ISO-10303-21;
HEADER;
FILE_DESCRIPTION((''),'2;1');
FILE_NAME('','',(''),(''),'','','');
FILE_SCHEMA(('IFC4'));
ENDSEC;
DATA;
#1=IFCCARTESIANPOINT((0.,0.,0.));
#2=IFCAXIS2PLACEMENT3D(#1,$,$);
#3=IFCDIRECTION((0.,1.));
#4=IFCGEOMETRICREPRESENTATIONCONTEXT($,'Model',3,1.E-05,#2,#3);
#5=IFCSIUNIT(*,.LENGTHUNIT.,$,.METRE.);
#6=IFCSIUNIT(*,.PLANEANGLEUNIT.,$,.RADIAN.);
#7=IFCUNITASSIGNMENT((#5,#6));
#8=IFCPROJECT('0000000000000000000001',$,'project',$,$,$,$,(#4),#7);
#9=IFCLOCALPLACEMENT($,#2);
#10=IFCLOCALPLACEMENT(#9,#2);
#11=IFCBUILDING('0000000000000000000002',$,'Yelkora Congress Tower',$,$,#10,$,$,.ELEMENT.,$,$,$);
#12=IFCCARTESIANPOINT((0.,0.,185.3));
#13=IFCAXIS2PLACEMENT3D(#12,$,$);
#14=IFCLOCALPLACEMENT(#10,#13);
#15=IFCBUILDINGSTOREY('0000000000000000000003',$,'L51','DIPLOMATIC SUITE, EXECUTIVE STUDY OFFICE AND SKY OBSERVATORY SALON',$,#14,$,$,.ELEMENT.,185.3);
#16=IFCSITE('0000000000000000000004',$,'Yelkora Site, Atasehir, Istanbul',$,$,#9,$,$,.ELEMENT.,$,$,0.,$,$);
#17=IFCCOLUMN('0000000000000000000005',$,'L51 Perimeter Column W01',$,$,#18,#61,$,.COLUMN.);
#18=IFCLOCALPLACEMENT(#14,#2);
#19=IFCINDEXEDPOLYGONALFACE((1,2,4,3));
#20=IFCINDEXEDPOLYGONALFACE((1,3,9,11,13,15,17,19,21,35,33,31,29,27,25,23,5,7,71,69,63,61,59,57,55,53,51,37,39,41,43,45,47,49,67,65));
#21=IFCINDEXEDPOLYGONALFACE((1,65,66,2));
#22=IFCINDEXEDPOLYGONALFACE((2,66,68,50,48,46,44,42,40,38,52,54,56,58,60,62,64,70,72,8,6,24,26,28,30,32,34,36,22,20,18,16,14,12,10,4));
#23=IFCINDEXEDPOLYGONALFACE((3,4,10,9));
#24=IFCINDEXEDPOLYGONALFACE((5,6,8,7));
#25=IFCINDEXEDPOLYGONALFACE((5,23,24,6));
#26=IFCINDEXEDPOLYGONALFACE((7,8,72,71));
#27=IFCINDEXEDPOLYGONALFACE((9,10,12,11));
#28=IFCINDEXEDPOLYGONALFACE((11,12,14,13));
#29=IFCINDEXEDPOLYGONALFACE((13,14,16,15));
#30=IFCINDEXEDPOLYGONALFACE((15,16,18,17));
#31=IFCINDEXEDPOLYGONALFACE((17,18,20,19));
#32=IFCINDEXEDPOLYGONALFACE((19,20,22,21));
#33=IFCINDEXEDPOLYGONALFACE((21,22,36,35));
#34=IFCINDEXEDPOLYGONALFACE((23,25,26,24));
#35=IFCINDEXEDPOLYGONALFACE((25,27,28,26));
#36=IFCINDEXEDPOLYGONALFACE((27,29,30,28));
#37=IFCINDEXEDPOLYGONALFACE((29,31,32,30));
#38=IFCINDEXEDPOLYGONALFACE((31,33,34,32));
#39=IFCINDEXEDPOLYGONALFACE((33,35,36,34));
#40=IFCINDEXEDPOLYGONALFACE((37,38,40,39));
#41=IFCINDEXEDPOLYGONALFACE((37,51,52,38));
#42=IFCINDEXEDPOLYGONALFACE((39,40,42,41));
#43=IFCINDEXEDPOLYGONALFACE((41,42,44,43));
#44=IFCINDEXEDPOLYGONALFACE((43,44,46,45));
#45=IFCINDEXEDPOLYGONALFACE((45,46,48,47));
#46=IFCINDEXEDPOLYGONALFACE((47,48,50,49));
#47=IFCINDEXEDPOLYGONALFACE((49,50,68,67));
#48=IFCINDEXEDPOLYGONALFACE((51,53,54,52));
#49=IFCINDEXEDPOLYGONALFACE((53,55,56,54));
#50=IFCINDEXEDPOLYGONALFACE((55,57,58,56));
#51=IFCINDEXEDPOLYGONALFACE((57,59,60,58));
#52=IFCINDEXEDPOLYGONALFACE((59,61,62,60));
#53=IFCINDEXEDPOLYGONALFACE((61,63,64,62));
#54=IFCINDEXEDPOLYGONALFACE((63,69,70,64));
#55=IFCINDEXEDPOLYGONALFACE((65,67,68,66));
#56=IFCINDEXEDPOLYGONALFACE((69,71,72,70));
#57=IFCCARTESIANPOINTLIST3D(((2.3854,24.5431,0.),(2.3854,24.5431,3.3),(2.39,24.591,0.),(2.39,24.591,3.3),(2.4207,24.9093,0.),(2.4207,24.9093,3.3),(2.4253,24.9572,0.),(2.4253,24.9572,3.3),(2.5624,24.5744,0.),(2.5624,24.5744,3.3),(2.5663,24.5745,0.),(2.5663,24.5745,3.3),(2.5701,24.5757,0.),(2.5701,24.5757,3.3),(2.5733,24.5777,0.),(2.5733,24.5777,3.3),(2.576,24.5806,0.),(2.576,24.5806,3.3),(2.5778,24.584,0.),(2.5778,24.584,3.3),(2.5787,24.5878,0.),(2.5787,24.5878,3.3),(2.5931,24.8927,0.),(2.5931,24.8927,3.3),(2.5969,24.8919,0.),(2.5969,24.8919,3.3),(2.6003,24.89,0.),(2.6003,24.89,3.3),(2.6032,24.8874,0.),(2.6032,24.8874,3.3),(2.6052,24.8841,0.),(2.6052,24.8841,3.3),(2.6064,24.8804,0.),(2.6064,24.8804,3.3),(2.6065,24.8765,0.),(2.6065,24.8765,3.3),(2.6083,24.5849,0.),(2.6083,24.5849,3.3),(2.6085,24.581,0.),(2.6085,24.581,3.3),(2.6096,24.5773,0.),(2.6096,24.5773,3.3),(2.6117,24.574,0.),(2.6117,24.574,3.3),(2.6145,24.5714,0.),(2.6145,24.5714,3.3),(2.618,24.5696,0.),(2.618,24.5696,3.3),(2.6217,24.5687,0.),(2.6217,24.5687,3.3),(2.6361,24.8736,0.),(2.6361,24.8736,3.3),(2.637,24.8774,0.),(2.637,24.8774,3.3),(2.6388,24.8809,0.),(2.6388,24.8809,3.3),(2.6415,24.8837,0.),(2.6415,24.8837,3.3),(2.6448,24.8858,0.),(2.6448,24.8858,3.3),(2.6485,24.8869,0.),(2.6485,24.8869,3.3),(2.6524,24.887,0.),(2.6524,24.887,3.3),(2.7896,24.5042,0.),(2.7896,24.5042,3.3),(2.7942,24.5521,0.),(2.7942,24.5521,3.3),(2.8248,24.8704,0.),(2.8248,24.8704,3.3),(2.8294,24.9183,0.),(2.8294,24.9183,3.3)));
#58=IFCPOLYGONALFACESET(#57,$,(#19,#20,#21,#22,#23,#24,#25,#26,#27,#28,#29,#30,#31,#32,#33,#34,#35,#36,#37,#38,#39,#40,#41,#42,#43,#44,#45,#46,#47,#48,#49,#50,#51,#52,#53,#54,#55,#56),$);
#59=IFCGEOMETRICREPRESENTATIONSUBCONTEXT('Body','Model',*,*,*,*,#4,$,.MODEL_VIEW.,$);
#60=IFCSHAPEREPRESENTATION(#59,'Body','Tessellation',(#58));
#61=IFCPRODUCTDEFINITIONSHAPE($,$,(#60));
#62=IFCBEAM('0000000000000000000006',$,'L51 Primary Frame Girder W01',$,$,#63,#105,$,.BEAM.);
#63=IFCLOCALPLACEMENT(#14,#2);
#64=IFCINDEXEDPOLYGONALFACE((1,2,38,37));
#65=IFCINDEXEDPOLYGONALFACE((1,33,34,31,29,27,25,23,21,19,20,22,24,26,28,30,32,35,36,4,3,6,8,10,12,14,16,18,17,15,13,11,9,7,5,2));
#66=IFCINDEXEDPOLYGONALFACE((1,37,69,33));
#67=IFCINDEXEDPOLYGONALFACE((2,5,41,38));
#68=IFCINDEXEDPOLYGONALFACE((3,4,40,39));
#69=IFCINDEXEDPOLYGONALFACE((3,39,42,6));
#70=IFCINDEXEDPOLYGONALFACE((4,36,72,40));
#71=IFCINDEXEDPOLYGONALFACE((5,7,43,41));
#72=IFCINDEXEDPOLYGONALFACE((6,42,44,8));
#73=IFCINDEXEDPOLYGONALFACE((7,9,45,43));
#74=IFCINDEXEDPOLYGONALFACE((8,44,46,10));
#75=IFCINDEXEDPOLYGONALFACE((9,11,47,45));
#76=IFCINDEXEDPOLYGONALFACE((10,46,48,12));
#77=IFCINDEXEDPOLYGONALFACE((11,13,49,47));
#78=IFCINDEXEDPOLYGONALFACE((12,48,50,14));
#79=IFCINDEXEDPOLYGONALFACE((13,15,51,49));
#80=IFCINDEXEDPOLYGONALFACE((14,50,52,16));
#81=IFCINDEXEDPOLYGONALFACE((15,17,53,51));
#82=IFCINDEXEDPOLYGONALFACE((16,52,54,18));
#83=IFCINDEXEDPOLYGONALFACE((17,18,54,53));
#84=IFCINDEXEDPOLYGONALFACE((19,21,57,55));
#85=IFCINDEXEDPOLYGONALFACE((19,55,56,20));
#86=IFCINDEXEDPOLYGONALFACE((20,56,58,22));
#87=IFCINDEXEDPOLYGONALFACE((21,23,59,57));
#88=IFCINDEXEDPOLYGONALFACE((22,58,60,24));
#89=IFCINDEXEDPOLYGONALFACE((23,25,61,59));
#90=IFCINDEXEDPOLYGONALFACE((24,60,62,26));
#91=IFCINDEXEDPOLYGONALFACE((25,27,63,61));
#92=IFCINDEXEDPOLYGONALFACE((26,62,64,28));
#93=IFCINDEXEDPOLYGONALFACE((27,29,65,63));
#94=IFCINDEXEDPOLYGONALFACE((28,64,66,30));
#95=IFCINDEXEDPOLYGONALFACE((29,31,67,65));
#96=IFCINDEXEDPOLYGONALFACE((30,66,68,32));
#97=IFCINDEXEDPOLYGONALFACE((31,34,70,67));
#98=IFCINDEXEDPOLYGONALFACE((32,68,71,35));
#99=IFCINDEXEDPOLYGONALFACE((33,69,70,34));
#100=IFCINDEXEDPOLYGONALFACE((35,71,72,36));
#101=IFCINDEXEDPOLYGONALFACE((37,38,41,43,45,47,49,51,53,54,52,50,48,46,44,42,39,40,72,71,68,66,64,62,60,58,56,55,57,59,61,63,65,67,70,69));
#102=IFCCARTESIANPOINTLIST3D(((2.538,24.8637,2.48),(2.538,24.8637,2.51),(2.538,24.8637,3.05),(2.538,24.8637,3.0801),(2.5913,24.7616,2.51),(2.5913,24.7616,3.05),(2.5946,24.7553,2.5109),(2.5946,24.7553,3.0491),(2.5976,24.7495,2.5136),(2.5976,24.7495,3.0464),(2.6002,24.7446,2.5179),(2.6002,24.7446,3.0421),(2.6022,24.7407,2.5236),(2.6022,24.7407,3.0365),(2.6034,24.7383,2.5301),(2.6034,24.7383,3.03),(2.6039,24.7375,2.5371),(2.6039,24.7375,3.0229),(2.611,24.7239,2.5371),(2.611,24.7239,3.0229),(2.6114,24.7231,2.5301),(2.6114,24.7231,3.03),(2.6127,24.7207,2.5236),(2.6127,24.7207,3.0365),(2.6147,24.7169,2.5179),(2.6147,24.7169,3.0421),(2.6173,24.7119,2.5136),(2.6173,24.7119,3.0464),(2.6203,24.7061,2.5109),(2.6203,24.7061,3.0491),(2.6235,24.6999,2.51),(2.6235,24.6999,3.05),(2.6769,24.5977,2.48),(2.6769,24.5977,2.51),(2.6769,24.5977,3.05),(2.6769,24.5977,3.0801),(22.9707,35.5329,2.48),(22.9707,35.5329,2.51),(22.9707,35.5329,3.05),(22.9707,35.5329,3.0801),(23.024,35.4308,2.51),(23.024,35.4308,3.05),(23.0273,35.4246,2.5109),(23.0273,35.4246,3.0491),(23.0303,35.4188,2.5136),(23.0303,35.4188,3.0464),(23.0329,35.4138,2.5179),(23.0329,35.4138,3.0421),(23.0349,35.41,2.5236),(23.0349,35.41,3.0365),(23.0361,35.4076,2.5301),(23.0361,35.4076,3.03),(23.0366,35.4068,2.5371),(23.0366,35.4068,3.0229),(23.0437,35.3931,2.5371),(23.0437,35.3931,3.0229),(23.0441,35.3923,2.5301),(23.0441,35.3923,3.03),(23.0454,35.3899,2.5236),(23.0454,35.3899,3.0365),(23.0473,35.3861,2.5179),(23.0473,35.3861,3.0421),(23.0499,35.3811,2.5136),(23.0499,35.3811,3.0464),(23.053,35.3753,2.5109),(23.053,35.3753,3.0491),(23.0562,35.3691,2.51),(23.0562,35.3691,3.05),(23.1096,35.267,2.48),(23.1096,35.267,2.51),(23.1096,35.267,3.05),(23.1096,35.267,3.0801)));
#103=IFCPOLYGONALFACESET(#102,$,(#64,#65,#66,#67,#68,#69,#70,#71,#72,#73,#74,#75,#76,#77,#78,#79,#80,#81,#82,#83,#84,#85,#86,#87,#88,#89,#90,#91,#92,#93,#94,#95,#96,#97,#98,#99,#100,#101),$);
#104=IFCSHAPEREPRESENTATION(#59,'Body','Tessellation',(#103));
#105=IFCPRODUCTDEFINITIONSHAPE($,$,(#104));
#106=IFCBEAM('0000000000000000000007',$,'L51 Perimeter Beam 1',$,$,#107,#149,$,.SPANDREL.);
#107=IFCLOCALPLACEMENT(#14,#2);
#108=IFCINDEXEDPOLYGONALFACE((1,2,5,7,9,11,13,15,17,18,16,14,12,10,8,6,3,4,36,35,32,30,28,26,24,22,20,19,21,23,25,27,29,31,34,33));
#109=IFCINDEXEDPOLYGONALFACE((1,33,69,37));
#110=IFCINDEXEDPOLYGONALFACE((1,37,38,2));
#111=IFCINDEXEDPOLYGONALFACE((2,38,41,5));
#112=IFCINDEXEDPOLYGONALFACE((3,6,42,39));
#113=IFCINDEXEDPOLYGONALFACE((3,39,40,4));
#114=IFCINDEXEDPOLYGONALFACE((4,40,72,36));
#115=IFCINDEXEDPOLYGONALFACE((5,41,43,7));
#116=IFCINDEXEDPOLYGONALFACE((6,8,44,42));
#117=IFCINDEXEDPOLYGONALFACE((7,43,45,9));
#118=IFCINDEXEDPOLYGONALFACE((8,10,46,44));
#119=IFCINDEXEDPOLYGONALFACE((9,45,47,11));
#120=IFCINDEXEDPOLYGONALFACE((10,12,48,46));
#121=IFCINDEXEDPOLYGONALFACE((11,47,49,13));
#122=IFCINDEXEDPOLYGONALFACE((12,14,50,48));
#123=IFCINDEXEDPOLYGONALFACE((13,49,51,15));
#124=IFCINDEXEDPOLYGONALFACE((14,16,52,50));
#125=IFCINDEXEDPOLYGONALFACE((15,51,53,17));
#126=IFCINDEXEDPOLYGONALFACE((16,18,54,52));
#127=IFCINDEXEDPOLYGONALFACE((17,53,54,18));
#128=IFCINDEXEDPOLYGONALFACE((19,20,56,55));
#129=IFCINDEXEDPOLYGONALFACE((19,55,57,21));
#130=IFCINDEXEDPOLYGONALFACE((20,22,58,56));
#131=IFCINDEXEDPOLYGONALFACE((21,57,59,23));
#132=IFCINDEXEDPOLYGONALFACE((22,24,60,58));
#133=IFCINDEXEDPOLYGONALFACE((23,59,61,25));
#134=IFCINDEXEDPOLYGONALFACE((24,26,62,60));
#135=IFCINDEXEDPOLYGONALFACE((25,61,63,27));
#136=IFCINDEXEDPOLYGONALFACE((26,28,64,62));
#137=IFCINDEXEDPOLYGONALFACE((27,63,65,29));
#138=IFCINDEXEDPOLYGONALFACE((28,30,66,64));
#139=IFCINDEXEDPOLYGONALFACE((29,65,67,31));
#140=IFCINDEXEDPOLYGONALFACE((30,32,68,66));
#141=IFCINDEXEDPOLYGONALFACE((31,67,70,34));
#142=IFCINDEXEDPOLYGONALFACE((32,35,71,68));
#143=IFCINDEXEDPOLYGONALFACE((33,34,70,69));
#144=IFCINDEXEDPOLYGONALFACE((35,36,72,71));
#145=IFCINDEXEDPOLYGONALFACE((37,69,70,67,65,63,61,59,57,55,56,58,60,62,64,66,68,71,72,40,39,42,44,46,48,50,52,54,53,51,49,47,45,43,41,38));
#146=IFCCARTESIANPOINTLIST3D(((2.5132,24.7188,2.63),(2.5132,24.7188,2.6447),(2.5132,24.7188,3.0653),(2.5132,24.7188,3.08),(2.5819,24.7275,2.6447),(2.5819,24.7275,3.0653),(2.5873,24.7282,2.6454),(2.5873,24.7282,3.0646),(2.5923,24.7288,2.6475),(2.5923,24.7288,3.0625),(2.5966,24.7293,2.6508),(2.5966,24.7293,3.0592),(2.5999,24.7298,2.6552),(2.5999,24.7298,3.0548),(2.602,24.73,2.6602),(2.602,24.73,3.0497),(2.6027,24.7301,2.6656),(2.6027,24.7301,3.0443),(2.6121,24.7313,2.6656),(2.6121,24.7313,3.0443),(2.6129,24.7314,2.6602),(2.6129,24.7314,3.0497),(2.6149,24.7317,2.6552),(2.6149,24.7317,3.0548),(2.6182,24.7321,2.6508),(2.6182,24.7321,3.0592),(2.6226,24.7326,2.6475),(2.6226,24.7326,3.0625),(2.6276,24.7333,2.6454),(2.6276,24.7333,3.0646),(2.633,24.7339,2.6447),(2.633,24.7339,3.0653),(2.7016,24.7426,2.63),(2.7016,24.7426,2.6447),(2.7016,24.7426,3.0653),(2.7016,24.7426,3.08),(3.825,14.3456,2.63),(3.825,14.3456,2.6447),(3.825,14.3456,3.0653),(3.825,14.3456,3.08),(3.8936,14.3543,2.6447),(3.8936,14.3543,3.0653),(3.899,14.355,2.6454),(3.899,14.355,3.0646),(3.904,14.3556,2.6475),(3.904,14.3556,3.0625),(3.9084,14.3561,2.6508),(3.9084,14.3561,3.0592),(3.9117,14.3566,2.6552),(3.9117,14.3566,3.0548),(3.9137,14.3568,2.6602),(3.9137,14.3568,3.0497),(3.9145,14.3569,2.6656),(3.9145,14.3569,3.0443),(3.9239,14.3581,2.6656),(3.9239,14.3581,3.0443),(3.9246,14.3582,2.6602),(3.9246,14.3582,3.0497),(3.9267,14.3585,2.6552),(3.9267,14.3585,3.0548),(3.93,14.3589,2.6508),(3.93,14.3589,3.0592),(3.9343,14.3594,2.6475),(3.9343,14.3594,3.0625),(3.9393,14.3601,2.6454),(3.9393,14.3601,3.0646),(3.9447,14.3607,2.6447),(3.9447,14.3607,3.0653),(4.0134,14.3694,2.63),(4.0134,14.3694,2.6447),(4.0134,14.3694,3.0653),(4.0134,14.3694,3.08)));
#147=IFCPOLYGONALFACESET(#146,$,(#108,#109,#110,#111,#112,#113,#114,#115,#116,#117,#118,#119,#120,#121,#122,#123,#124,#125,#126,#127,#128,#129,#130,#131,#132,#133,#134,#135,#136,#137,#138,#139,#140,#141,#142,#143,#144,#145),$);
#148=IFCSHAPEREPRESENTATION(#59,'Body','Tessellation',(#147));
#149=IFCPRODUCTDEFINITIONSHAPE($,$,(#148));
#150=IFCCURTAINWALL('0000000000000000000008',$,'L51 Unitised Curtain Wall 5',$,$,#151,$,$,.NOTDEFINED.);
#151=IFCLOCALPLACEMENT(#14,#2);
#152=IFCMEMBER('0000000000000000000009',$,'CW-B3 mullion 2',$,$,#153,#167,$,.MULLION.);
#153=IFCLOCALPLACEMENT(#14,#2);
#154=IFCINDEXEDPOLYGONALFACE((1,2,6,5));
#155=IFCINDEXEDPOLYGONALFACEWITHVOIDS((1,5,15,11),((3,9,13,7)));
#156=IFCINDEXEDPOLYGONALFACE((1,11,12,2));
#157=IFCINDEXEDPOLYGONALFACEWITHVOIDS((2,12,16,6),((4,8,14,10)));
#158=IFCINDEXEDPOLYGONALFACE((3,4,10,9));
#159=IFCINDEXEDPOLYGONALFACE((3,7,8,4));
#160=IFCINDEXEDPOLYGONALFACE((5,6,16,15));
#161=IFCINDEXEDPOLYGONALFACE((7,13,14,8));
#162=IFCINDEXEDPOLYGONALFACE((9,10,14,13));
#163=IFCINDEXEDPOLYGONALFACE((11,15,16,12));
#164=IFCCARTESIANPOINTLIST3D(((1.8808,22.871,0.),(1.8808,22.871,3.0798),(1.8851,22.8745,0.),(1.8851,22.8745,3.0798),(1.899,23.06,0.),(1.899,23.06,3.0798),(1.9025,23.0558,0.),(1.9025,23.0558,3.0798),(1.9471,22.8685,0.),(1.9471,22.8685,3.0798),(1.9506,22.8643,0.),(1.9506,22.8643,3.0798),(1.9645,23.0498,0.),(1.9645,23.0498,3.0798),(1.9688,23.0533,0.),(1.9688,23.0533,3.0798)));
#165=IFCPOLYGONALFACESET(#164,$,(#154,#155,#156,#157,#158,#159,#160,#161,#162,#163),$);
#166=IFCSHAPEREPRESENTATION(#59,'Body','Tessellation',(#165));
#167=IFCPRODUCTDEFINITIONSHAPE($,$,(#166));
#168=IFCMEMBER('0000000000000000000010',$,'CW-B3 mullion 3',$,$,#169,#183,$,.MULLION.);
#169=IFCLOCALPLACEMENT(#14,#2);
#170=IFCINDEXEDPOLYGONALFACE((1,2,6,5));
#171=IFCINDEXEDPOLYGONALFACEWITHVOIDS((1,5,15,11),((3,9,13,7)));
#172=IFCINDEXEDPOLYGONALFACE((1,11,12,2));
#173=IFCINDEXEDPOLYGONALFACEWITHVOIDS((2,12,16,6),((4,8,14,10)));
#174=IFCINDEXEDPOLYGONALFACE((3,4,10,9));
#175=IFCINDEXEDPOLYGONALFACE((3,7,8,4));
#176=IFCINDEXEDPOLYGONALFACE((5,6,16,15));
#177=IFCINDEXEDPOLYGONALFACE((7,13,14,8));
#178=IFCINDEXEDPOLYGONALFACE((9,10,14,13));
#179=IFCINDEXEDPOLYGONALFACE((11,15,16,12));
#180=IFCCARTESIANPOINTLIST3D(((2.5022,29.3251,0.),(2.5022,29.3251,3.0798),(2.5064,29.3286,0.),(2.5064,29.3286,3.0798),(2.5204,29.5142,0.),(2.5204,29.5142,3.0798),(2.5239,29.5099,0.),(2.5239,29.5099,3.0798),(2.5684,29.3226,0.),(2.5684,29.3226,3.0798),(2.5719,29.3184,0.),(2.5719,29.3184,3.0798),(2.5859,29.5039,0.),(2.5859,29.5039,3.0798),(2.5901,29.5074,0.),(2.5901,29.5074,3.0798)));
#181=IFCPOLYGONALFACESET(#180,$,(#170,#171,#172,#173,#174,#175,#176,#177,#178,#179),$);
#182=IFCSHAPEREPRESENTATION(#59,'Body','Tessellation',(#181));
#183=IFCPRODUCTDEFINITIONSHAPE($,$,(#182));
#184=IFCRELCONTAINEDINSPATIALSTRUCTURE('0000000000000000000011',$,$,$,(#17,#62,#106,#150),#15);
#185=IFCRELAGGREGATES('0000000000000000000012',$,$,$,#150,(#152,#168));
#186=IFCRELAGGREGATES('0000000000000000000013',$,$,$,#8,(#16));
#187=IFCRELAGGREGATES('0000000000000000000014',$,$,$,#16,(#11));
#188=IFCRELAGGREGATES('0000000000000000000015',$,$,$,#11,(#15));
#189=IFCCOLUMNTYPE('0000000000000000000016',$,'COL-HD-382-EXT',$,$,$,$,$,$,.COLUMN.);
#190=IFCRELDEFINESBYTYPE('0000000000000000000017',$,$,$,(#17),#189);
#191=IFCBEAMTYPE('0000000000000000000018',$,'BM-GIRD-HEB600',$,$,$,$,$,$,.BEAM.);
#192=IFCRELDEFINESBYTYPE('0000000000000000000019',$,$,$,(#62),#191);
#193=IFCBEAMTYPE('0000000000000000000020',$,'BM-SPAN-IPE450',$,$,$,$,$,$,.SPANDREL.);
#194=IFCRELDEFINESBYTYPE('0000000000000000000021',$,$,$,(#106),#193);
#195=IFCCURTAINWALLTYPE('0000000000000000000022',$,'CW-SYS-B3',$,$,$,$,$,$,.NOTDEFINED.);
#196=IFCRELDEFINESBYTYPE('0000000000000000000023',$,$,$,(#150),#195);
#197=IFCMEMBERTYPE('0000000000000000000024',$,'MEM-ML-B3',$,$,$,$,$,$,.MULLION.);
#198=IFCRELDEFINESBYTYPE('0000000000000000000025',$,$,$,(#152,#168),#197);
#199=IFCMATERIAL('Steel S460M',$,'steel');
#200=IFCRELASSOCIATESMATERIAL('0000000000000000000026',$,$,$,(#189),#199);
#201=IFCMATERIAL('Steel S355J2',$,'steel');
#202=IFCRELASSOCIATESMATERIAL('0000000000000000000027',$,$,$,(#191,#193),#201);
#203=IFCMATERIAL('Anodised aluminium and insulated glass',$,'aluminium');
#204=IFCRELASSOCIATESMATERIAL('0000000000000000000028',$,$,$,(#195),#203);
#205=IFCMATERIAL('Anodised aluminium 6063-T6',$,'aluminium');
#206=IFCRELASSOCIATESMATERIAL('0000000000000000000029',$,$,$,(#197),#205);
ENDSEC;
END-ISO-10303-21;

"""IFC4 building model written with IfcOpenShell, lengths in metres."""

from ifc_helpers import new_model, si_unit, direction, frame, origin, origin_2d, place, context, subcontext, project, spatial, hollow_rectangle, i_section, extrude, material, material_profile, profile_set, type_object, element, aggregate, save


model = new_model("IFC4")

# Units and contexts
model_context = context("Model", 3, precision=1e-05, world=origin(), true_north=direction((0.0, 1.0)))
body_context = subcontext(model_context, "Body", "Model", "MODEL_VIEW")
ifc_project = project(units=[si_unit("LENGTHUNIT", "METRE"), si_unit("PLANEANGLEUNIT", "RADIAN")], contexts=[model_context])

# Site, building, storey
site_placement = place(None, origin())
site = spatial("IfcSite", under=ifc_project, at=site_placement, Name="Yelkora Site, Atasehir, Istanbul", CompositionType="ELEMENT", RefElevation=0.0)
building_placement = place(site_placement, origin())
building = spatial("IfcBuilding", under=site, at=building_placement, Name="Yelkora Congress Tower", CompositionType="ELEMENT")
storey_placement = place(building_placement, frame((0.0, 0.0, 185.3)))
storey = spatial("IfcBuildingStorey", under=building, at=storey_placement, Name="L51", Description="DIPLOMATIC SUITE, EXECUTIVE STUDY OFFICE AND SKY OBSERVATORY SALON", CompositionType="ELEMENT", Elevation=185.3)

# Column
ifc_material_1 = material(Name="Steel S460M", Category="steel")
ifc_material_profile_1 = material_profile(ifc_material_1, i_section(OverallWidth=0.406, OverallDepth=0.416, WebThickness=0.0298, FlangeThickness=0.0481, FilletRadius=0.0149, at=origin_2d()), Name="HD 400x382")
ifc_profile_set_1 = profile_set([ifc_material_profile_1], Name="Steel S460M")
column_type = type_object("IfcColumnType", Name="COL-HD-382-EXT", PredefinedType="COLUMN", material=ifc_profile_set_1)
column_placement = place(storey_placement, frame((2.6074, 24.7307, 0.0), z_axis=(0.0, 0.0, 1.0), x_axis=(0.995396, -0.095846, 0.0)))
element("IfcColumn", 1, at=column_placement, inside=storey, type_object=column_type, Name="L51 Perimeter Column W01", PredefinedType="COLUMN", context=body_context, shape_type="SweptSolid", body=[
    extrude(i_section(OverallWidth=0.406, OverallDepth=0.416, WebThickness=0.0298, FlangeThickness=0.0481, FilletRadius=0.0149, at=origin_2d()), origin(), (0.0, 0.0, 1.0), 3.3),
])

# Beams
ifc_material_2 = material(Name="Steel S355J2", Category="steel")
ifc_material_profile_2 = material_profile(ifc_material_2, i_section(OverallWidth=0.3, OverallDepth=0.6001, WebThickness=0.0154, FlangeThickness=0.03, FilletRadius=0.0271, at=origin_2d()), Name="HEB 600")
ifc_profile_set_2 = profile_set([ifc_material_profile_2], Name="Steel S355J2")
beam_type_1 = type_object("IfcBeamType", Name="BM-GIRD-HEB600", PredefinedType="BEAM", material=ifc_profile_set_2)
beam_1_placement = place(storey_placement, frame((2.6074, 24.7307, 2.78), z_axis=(0.88643, 0.462862, 0.0), x_axis=(-0.462862, 0.88643, 0.0)))
element("IfcBeam", 2, at=beam_1_placement, inside=storey, type_object=beam_type_1, Name="L51 Primary Frame Girder W01", PredefinedType="BEAM", context=body_context, shape_type="SweptSolid", body=[
    extrude(i_section(OverallWidth=0.3, OverallDepth=0.6001, WebThickness=0.0154, FlangeThickness=0.03, FilletRadius=0.0271, at=origin_2d()), origin(), (0.0, 0.0, 1.0), 23.0505),
])
ifc_material_profile_3 = material_profile(ifc_material_2, i_section(OverallWidth=0.1899, OverallDepth=0.45, WebThickness=0.0095, FlangeThickness=0.0146, FilletRadius=0.021, at=origin_2d()), Name="IPE 450")
ifc_profile_set_3 = profile_set([ifc_material_profile_3], Name="Steel S355J2")
beam_type_2 = type_object("IfcBeamType", Name="BM-SPAN-IPE450", PredefinedType="SPANDREL", material=ifc_profile_set_3)
beam_2_placement = place(storey_placement, frame((2.6074, 24.7307, 2.855), z_axis=(0.125457, -0.992099, 0.0), x_axis=(0.992099, 0.125457, 0.0)))
element("IfcBeam", 3, at=beam_2_placement, inside=storey, type_object=beam_type_2, Name="L51 Perimeter Beam 1", PredefinedType="SPANDREL", context=body_context, shape_type="SweptSolid", body=[
    extrude(i_section(OverallWidth=0.1899, OverallDepth=0.45, WebThickness=0.0095, FlangeThickness=0.0146, FilletRadius=0.021, at=origin_2d()), origin(), (0.0, 0.0, 1.0), 10.4558),
])

# Curtain wall, members
ifc_material_3 = material(Name="Anodised aluminium and insulated glass", Category="aluminium")
curtain_wall_type = type_object("IfcCurtainWallType", Name="CW-SYS-B3", PredefinedType="NOTDEFINED", material=ifc_material_3)
curtain_wall_placement = place(storey_placement, origin())
curtain_wall = element("IfcCurtainWall", 4, at=curtain_wall_placement, inside=storey, type_object=curtain_wall_type, Name="L51 Unitised Curtain Wall 5", PredefinedType="NOTDEFINED")
ifc_material_4 = material(Name="Anodised aluminium 6063-T6", Category="aluminium")
ifc_material_profile_4 = material_profile(ifc_material_4, hollow_rectangle(XDim=0.0701, YDim=0.1899, WallThickness=0.0039, at=origin_2d()), Name="ALU 70x190x4")
ifc_profile_set_4 = profile_set([ifc_material_profile_4], Name="Anodised aluminium 6063-T6")
member_type_1 = type_object("IfcMemberType", Name="MEM-ML-B3", PredefinedType="MULLION", material=ifc_profile_set_4)
member_1_placement = place(storey_placement, frame((1.9248, 22.9622, 0.0), z_axis=(0.0, 0.0, 1.0), x_axis=(-0.995396, 0.095845, 0.0)))
member_1 = element("IfcMember", 5, at=member_1_placement, type_object=member_type_1, Name="CW-B3 mullion 2", PredefinedType="MULLION", context=body_context, shape_type="SweptSolid", body=[
    extrude(hollow_rectangle(XDim=0.0701, YDim=0.1899, WallThickness=0.0039, at=origin_2d()), origin(), (0.0, 0.0, 1.0), 3.0798),
])
member_2_placement = place(storey_placement, frame((2.5461, 29.4163, 0.0), z_axis=(0.0, 0.0, 1.0), x_axis=(-0.995396, 0.095845, 0.0)))
member_2 = element("IfcMember", 6, at=member_2_placement, type_object=member_type_1, Name="CW-B3 mullion 3", PredefinedType="MULLION", context=body_context, shape_type="SweptSolid", body=[
    extrude(hollow_rectangle(XDim=0.0701, YDim=0.1899, WallThickness=0.0039, at=origin_2d()), origin(), (0.0, 0.0, 1.0), 3.0798),
])
aggregate(curtain_wall, [member_1, member_2])

save(model, "model.ifc")
